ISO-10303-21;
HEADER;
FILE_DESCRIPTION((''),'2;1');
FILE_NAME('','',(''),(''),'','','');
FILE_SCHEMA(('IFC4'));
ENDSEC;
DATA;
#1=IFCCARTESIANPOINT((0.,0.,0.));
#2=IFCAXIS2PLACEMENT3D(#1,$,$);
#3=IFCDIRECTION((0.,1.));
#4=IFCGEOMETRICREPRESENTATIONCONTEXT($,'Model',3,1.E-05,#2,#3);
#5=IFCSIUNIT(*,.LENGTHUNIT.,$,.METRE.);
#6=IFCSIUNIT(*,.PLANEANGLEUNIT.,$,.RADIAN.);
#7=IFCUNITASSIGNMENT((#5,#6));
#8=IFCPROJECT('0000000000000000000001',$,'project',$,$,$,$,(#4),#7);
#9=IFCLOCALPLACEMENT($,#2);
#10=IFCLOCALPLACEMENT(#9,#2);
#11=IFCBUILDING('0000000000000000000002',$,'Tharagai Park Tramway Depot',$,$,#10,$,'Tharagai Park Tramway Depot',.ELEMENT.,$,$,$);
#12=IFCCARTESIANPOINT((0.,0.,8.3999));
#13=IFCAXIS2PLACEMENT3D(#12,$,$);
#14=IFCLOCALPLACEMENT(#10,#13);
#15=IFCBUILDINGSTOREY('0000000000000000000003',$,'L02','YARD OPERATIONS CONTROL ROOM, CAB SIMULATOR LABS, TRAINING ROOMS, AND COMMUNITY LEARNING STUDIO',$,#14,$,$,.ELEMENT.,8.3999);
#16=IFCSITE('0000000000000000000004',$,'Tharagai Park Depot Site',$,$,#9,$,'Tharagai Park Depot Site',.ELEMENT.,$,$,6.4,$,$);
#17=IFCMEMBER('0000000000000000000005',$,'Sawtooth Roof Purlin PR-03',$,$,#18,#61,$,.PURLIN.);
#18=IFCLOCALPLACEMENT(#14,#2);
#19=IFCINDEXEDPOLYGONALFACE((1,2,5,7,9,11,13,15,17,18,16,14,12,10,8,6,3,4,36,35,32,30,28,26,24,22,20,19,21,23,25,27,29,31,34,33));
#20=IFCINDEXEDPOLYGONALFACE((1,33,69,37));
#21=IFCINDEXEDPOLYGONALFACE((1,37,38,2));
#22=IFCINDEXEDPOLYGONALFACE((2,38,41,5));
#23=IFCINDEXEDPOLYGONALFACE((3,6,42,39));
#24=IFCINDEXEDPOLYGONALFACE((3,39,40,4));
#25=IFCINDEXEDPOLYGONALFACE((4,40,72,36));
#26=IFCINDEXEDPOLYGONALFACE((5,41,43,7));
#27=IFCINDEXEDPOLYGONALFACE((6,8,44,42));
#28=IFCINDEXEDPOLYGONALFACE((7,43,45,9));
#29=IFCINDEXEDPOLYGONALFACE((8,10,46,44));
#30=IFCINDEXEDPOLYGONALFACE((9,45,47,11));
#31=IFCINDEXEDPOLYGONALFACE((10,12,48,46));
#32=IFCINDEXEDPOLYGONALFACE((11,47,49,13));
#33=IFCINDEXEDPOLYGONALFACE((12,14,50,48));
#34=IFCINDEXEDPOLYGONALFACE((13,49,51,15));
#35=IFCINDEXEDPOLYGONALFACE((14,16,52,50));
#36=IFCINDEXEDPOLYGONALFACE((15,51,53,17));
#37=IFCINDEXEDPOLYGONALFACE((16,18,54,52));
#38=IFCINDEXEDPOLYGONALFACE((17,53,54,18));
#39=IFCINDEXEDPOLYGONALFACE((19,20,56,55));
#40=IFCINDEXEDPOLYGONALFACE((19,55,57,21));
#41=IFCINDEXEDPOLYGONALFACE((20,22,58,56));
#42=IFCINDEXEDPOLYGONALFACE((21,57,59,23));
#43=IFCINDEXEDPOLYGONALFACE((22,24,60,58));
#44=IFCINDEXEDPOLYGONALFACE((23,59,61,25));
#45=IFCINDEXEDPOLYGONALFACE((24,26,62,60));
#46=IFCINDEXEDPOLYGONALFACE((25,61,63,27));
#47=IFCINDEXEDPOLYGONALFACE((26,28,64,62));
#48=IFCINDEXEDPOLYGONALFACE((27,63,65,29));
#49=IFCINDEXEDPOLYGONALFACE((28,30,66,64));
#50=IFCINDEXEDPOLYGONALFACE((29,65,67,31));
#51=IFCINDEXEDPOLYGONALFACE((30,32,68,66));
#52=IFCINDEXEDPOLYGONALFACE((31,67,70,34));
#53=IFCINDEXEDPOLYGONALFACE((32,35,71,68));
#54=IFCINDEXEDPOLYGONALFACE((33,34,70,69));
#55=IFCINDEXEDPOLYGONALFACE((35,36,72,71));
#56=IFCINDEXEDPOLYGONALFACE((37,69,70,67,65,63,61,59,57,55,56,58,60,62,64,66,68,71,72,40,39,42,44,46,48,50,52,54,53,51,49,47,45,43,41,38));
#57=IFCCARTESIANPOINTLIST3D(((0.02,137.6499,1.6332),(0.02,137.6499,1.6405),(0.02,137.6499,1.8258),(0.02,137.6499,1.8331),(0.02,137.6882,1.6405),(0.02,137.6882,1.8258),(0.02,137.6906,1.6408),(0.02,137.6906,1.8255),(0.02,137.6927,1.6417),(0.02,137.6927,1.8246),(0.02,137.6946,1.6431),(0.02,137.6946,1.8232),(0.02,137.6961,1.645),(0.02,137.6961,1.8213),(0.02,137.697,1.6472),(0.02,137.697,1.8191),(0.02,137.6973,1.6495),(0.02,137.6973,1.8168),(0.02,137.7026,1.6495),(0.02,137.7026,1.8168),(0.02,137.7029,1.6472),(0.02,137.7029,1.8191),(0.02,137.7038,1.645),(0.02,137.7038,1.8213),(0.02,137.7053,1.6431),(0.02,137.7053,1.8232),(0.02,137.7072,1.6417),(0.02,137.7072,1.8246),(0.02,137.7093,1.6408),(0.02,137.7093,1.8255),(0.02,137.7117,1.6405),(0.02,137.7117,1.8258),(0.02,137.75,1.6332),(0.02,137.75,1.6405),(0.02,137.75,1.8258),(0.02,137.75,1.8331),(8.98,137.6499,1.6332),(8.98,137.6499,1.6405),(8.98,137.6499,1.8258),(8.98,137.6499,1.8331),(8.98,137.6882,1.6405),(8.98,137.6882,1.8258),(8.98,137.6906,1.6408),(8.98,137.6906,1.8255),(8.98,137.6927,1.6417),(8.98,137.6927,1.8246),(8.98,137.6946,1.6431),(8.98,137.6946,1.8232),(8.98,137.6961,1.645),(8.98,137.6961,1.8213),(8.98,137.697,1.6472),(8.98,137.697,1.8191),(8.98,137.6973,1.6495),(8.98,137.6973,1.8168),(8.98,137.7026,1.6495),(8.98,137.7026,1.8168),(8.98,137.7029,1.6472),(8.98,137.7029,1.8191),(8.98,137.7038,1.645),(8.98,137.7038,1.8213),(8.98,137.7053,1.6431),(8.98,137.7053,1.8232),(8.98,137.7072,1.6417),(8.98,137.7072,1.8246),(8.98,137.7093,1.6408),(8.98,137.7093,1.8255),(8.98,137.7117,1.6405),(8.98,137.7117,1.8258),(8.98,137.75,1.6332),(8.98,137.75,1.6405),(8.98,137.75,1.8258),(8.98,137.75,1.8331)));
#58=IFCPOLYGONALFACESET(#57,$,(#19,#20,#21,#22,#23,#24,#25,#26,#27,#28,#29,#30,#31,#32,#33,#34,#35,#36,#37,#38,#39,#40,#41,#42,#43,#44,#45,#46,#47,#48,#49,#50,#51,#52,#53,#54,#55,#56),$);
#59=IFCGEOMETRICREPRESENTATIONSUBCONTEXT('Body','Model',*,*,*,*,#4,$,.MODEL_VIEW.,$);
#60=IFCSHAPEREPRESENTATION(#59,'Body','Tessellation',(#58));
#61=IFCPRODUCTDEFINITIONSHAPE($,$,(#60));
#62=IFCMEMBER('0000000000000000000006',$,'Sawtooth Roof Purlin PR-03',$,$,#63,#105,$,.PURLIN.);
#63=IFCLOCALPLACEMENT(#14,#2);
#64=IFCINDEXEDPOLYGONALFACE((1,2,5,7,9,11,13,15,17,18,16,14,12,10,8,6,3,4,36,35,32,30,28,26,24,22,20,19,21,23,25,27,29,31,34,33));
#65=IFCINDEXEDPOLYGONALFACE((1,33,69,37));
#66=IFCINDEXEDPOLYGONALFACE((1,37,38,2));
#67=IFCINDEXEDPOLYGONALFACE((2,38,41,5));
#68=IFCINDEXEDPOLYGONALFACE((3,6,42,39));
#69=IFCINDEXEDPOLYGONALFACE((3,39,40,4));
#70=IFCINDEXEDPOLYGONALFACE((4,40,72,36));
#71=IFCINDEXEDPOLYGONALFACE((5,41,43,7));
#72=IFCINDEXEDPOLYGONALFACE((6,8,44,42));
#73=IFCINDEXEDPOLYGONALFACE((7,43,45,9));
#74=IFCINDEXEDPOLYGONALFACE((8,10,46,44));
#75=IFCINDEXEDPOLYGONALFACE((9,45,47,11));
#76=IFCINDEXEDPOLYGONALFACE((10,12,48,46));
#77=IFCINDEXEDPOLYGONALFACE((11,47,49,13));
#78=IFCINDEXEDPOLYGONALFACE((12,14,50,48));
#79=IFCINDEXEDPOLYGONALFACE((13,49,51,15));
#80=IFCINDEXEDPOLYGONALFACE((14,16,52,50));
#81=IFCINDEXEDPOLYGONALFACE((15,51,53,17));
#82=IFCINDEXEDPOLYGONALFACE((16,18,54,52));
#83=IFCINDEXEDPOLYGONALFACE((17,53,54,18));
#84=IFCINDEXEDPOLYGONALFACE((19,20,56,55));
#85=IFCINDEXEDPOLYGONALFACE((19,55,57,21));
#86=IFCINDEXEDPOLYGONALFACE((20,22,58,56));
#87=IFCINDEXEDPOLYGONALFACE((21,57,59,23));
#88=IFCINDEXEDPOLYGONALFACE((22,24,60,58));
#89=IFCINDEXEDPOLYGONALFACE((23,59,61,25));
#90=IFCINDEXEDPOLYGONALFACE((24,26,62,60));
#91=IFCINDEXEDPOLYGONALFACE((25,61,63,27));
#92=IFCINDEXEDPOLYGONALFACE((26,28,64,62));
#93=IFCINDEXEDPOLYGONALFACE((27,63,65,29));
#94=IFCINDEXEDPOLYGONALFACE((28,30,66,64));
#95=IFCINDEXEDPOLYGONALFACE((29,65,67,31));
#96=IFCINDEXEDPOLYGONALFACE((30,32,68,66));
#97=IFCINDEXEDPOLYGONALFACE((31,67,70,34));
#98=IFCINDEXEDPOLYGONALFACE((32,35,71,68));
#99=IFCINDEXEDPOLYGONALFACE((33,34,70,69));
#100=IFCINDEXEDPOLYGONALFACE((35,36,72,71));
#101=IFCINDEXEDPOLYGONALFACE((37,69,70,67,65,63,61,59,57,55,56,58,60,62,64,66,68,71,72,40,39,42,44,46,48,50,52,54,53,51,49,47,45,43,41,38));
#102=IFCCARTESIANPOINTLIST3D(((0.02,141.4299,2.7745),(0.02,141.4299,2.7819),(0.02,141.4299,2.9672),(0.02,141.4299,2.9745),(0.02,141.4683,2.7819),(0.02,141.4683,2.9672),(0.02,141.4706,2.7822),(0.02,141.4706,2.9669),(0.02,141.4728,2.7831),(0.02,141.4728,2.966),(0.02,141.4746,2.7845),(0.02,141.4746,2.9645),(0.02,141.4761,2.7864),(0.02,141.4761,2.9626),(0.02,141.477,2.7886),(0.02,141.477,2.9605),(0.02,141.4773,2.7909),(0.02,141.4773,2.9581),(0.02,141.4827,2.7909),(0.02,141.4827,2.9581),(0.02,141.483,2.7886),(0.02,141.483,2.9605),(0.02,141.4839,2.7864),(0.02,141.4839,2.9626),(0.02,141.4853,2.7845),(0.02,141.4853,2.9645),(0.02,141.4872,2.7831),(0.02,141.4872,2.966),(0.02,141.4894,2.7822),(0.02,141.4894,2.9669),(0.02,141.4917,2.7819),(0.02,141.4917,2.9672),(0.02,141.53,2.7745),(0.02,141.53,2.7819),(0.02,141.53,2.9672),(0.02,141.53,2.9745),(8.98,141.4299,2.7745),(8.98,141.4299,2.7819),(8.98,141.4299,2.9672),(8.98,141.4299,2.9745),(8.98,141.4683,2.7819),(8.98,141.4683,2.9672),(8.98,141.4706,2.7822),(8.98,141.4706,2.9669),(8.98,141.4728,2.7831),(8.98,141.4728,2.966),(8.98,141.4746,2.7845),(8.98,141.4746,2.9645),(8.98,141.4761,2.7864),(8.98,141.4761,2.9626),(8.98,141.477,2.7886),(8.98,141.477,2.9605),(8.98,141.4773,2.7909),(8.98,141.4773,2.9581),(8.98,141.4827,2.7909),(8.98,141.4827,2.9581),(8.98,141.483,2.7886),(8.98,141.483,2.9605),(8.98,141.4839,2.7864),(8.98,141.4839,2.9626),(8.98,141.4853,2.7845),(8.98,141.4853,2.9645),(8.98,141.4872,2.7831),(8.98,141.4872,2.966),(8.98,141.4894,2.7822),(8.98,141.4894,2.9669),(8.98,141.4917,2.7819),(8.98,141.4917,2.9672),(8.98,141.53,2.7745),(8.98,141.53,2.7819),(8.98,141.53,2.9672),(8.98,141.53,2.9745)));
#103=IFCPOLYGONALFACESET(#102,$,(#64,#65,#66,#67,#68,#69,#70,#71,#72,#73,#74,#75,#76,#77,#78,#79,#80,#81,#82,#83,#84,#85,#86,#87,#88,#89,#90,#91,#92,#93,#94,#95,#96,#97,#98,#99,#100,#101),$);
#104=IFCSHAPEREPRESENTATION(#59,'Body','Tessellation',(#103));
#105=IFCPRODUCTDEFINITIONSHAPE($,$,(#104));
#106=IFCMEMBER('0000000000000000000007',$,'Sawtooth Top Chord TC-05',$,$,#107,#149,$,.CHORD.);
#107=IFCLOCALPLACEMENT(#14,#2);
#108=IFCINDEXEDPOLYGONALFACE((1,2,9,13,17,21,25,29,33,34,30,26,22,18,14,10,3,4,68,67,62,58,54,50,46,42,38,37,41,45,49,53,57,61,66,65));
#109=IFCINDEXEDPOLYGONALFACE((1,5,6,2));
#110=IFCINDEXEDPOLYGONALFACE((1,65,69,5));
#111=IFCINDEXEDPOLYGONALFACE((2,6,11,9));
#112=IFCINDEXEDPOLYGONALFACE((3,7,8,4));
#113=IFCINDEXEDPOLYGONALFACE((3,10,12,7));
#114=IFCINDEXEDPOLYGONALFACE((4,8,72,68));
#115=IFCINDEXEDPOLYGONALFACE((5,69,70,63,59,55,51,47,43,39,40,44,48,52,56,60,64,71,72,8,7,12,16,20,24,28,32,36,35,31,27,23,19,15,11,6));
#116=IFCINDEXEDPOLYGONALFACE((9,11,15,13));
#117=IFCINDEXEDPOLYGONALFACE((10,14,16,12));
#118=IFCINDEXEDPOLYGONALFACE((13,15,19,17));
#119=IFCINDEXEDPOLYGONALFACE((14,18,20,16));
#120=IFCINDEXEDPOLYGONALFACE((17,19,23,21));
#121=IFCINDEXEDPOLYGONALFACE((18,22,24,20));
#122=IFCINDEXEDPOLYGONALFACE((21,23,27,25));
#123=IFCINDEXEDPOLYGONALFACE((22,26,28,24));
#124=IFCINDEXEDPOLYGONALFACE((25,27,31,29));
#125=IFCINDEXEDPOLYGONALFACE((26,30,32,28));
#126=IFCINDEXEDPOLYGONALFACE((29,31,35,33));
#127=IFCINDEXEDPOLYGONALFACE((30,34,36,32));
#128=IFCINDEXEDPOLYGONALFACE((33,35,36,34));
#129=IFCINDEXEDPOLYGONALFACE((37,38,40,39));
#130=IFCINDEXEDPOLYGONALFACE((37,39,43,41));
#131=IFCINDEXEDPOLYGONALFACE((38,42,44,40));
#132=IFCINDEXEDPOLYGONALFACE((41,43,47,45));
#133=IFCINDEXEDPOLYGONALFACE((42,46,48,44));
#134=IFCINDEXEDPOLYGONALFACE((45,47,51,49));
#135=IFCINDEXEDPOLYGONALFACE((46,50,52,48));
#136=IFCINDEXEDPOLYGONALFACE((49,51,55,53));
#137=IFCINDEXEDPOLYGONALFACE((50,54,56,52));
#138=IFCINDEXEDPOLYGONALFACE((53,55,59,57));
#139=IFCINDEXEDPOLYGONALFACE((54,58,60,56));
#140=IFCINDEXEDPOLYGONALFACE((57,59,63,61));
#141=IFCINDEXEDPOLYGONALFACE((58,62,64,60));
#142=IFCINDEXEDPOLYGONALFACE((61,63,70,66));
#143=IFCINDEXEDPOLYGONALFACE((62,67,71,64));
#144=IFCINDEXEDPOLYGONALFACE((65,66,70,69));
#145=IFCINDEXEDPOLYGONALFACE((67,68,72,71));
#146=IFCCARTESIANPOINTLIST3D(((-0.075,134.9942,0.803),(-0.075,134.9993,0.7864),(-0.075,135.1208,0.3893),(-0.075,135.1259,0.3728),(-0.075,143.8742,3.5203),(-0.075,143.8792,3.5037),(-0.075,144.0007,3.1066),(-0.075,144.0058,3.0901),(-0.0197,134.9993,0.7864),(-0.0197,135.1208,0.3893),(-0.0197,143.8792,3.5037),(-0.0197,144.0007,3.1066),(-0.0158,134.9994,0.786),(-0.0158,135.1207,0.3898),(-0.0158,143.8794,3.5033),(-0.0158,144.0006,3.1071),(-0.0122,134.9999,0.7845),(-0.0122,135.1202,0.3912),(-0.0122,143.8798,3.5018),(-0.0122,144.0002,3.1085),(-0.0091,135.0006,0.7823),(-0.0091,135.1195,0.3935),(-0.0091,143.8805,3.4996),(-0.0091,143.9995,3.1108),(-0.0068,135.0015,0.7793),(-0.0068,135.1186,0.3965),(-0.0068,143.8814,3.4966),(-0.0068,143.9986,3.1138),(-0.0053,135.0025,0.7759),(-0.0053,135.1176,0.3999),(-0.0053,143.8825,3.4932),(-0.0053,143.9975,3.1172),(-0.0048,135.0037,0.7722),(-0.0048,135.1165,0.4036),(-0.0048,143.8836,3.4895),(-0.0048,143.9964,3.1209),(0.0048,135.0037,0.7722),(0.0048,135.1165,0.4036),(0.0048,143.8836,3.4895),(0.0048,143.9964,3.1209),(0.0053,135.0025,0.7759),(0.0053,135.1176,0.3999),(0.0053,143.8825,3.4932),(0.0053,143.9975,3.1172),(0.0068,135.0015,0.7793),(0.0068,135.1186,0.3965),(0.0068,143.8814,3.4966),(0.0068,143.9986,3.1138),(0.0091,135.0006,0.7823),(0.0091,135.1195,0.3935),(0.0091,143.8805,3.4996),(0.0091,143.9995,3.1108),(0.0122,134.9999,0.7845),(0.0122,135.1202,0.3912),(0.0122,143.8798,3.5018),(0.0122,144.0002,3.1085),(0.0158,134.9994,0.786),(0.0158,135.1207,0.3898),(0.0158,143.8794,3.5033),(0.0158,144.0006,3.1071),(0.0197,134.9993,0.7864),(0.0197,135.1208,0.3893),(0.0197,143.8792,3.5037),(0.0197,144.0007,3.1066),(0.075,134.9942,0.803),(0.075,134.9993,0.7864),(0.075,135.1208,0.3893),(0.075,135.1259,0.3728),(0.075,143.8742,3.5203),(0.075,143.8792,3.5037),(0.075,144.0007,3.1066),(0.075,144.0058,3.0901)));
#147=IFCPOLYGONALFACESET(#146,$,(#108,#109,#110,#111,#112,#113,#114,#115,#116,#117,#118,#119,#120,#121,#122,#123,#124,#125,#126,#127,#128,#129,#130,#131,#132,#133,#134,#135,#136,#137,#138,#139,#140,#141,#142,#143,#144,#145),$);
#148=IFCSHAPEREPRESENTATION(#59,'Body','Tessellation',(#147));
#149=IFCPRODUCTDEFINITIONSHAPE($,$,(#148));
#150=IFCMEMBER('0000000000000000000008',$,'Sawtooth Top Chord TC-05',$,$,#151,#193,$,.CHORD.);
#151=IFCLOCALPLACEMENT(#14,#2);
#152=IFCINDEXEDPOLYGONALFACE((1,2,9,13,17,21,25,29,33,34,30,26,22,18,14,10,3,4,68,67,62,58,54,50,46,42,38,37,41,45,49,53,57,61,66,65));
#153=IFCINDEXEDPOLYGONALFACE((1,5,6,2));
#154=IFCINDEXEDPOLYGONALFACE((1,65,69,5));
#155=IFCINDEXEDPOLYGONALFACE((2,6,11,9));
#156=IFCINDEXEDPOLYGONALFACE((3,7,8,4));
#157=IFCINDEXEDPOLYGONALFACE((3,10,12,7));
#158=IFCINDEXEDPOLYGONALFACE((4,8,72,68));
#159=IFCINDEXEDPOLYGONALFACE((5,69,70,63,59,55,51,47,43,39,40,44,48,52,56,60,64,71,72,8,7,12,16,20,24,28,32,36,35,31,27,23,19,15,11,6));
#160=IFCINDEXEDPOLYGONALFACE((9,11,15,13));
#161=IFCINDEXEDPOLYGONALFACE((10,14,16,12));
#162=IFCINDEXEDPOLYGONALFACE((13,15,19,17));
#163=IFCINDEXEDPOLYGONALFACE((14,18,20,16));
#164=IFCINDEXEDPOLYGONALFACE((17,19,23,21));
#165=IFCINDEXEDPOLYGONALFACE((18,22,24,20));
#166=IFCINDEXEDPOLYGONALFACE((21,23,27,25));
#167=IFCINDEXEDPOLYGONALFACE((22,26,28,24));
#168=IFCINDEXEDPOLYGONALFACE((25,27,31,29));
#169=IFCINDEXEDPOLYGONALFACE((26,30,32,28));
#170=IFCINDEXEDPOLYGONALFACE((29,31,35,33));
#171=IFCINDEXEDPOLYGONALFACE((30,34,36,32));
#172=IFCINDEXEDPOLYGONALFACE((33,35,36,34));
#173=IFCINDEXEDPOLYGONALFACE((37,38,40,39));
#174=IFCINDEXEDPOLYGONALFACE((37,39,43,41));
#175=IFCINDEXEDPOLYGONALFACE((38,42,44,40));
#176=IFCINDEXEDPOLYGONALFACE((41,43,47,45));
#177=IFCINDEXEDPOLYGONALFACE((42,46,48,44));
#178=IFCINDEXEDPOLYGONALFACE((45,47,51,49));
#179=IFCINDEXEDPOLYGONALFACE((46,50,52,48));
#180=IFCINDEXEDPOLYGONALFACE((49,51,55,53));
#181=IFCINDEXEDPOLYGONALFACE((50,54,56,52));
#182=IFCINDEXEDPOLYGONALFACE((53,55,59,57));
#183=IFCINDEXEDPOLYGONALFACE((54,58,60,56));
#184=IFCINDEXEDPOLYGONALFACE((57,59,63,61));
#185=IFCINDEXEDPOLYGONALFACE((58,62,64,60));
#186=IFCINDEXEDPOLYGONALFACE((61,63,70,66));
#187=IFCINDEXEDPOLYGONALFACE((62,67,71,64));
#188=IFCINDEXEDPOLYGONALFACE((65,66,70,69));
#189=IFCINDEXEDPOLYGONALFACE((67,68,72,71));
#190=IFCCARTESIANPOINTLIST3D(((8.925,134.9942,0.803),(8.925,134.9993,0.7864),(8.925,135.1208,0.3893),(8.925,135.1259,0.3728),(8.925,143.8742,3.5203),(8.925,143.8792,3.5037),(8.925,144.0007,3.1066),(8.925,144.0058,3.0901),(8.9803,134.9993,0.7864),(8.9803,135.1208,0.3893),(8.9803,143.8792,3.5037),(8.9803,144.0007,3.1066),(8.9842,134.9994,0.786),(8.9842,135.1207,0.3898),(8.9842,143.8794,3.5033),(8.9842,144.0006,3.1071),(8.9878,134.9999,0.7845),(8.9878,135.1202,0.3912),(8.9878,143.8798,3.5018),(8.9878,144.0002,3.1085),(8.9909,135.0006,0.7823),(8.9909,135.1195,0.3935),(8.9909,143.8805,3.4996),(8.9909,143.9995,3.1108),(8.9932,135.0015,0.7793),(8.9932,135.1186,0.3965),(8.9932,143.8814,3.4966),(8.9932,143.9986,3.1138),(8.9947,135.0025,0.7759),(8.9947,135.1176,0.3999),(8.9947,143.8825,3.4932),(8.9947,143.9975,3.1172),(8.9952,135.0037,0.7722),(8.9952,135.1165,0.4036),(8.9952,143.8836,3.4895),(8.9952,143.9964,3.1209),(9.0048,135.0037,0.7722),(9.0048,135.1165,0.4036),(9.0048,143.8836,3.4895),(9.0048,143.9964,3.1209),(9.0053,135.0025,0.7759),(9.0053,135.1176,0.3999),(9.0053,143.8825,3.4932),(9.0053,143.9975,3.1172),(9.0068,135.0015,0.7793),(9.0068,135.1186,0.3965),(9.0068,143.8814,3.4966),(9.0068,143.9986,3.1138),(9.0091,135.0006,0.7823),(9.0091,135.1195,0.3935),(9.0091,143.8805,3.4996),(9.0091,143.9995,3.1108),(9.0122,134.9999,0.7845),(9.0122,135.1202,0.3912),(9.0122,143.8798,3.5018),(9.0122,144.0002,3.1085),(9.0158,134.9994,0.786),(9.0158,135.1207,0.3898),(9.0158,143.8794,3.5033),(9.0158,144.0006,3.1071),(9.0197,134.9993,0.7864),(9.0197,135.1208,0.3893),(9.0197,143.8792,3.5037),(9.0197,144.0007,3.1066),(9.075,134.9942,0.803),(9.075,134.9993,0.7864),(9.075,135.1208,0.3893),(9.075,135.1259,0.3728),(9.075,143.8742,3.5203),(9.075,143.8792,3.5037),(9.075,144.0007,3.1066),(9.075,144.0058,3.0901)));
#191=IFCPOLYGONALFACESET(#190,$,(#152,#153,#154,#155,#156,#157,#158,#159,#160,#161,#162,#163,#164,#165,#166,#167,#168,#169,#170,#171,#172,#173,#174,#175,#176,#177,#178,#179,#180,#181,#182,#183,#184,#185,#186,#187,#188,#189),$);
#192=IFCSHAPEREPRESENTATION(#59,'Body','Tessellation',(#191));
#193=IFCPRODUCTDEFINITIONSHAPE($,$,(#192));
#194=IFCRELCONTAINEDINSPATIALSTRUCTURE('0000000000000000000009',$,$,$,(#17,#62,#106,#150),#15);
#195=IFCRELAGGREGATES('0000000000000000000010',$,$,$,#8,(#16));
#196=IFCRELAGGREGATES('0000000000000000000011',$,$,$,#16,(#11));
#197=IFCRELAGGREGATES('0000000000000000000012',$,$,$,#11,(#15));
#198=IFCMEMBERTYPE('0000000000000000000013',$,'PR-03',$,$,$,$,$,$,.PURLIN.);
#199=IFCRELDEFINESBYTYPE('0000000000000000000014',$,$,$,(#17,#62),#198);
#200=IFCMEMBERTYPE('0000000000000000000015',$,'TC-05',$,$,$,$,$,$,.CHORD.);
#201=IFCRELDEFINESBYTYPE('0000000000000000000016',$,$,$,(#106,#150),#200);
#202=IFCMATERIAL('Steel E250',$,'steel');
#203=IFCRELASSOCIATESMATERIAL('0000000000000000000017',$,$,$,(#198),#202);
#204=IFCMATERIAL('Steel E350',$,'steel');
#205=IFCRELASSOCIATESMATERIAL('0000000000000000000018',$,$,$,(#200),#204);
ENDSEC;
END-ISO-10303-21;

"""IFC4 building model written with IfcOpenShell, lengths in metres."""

from ifc_helpers import new_model, si_unit, direction, frame, origin, origin_2d, place, context, subcontext, project, spatial, i_section, extrude, material, material_profile, profile_set, type_object, element, save


model = new_model("IFC4")

# Units and contexts
model_context = context("Model", 3, precision=1e-05, world=origin(), true_north=direction((0.0, 1.0)))
body_context = subcontext(model_context, "Body", "Model", "MODEL_VIEW")
ifc_project = project(units=[si_unit("LENGTHUNIT", "METRE"), si_unit("PLANEANGLEUNIT", "RADIAN")], contexts=[model_context])

# Site, building, storey
site_placement = place(None, origin())
site = spatial("IfcSite", under=ifc_project, at=site_placement, Name="Tharagai Park Depot Site", LongName="Tharagai Park Depot Site", CompositionType="ELEMENT", RefElevation=6.4)
building_placement = place(site_placement, origin())
building = spatial("IfcBuilding", under=site, at=building_placement, Name="Tharagai Park Tramway Depot", LongName="Tharagai Park Tramway Depot", CompositionType="ELEMENT")
storey_placement = place(building_placement, frame((0.0, 0.0, 8.3999)))
storey = spatial("IfcBuildingStorey", under=building, at=storey_placement, Name="L02", Description="YARD OPERATIONS CONTROL ROOM, CAB SIMULATOR LABS, TRAINING ROOMS, AND COMMUNITY LEARNING STUDIO", CompositionType="ELEMENT", Elevation=8.3999)

# Shared definitions
ifc_material_1 = material(Name="Steel E350", Category="steel")

# Members
ifc_material_2 = material(Name="Steel E250", Category="steel")
ifc_material_profile_1 = material_profile(ifc_material_2, i_section(OverallWidth=0.1001, OverallDepth=0.2, WebThickness=0.0054, FlangeThickness=0.0073, FilletRadius=0.009, at=origin_2d()), Name="ISLB 200")
ifc_profile_set_1 = profile_set([ifc_material_profile_1], Name="Steel E250")
member_type_1 = type_object("IfcMemberType", Name="PR-03", PredefinedType="PURLIN", material=ifc_profile_set_1)
for number, where, z_axis, x_axis, name in (
    (1, (0.02, 137.7, 1.7332), (1.0, 0.0, 0.0), (0.0, 1.0, 0.0), "Sawtooth Roof Purlin PR-03"),
    (2, (0.02, 141.48, 2.8745), (1.0, 0.0, 0.0), (0.0, 1.0, 0.0), "Sawtooth Roof Purlin PR-03"),
):
    element("IfcMember", number, at=place(storey_placement, frame(where, z_axis=z_axis, x_axis=x_axis)), inside=storey, type_object=member_type_1, Name=name, PredefinedType="PURLIN", context=body_context, shape_type="SweptSolid", body=[
        extrude(i_section(OverallWidth=0.1001, OverallDepth=0.2, WebThickness=0.0054, FlangeThickness=0.0073, FilletRadius=0.009, at=origin_2d()), origin(), (0.0, 0.0, 1.0), 8.96),
    ])
ifc_material_profile_2 = material_profile(ifc_material_1, i_section(OverallWidth=0.1499, OverallDepth=0.45, WebThickness=0.0095, FlangeThickness=0.0173, FilletRadius=0.0149, at=origin_2d()), Name="ISMB 450")
ifc_profile_set_2 = profile_set([ifc_material_profile_2], Name="Steel E350")
member_type_2 = type_object("IfcMemberType", Name="TC-05", PredefinedType="CHORD", material=ifc_profile_set_2)
for number, where, z_axis, x_axis, name in (
    (3, (0.0, 135.0601, 0.5879), (0.0, 0.956231, 0.292611), (-1.0, 0.0, 0.0), "Sawtooth Top Chord TC-05"),
    (4, (9.0, 135.0601, 0.5879), (0.0, 0.956231, 0.292611), (-1.0, 0.0, 0.0), "Sawtooth Top Chord TC-05"),
):
    element("IfcMember", number, at=place(storey_placement, frame(where, z_axis=z_axis, x_axis=x_axis)), inside=storey, type_object=member_type_2, Name=name, PredefinedType="CHORD", context=body_context, shape_type="SweptSolid", body=[
        extrude(i_section(OverallWidth=0.1499, OverallDepth=0.45, WebThickness=0.0095, FlangeThickness=0.0173, FilletRadius=0.0149, at=origin_2d()), origin(), (0.0, 0.0, 1.0), 9.2864),
    ])

save(model, "model.ifc")
